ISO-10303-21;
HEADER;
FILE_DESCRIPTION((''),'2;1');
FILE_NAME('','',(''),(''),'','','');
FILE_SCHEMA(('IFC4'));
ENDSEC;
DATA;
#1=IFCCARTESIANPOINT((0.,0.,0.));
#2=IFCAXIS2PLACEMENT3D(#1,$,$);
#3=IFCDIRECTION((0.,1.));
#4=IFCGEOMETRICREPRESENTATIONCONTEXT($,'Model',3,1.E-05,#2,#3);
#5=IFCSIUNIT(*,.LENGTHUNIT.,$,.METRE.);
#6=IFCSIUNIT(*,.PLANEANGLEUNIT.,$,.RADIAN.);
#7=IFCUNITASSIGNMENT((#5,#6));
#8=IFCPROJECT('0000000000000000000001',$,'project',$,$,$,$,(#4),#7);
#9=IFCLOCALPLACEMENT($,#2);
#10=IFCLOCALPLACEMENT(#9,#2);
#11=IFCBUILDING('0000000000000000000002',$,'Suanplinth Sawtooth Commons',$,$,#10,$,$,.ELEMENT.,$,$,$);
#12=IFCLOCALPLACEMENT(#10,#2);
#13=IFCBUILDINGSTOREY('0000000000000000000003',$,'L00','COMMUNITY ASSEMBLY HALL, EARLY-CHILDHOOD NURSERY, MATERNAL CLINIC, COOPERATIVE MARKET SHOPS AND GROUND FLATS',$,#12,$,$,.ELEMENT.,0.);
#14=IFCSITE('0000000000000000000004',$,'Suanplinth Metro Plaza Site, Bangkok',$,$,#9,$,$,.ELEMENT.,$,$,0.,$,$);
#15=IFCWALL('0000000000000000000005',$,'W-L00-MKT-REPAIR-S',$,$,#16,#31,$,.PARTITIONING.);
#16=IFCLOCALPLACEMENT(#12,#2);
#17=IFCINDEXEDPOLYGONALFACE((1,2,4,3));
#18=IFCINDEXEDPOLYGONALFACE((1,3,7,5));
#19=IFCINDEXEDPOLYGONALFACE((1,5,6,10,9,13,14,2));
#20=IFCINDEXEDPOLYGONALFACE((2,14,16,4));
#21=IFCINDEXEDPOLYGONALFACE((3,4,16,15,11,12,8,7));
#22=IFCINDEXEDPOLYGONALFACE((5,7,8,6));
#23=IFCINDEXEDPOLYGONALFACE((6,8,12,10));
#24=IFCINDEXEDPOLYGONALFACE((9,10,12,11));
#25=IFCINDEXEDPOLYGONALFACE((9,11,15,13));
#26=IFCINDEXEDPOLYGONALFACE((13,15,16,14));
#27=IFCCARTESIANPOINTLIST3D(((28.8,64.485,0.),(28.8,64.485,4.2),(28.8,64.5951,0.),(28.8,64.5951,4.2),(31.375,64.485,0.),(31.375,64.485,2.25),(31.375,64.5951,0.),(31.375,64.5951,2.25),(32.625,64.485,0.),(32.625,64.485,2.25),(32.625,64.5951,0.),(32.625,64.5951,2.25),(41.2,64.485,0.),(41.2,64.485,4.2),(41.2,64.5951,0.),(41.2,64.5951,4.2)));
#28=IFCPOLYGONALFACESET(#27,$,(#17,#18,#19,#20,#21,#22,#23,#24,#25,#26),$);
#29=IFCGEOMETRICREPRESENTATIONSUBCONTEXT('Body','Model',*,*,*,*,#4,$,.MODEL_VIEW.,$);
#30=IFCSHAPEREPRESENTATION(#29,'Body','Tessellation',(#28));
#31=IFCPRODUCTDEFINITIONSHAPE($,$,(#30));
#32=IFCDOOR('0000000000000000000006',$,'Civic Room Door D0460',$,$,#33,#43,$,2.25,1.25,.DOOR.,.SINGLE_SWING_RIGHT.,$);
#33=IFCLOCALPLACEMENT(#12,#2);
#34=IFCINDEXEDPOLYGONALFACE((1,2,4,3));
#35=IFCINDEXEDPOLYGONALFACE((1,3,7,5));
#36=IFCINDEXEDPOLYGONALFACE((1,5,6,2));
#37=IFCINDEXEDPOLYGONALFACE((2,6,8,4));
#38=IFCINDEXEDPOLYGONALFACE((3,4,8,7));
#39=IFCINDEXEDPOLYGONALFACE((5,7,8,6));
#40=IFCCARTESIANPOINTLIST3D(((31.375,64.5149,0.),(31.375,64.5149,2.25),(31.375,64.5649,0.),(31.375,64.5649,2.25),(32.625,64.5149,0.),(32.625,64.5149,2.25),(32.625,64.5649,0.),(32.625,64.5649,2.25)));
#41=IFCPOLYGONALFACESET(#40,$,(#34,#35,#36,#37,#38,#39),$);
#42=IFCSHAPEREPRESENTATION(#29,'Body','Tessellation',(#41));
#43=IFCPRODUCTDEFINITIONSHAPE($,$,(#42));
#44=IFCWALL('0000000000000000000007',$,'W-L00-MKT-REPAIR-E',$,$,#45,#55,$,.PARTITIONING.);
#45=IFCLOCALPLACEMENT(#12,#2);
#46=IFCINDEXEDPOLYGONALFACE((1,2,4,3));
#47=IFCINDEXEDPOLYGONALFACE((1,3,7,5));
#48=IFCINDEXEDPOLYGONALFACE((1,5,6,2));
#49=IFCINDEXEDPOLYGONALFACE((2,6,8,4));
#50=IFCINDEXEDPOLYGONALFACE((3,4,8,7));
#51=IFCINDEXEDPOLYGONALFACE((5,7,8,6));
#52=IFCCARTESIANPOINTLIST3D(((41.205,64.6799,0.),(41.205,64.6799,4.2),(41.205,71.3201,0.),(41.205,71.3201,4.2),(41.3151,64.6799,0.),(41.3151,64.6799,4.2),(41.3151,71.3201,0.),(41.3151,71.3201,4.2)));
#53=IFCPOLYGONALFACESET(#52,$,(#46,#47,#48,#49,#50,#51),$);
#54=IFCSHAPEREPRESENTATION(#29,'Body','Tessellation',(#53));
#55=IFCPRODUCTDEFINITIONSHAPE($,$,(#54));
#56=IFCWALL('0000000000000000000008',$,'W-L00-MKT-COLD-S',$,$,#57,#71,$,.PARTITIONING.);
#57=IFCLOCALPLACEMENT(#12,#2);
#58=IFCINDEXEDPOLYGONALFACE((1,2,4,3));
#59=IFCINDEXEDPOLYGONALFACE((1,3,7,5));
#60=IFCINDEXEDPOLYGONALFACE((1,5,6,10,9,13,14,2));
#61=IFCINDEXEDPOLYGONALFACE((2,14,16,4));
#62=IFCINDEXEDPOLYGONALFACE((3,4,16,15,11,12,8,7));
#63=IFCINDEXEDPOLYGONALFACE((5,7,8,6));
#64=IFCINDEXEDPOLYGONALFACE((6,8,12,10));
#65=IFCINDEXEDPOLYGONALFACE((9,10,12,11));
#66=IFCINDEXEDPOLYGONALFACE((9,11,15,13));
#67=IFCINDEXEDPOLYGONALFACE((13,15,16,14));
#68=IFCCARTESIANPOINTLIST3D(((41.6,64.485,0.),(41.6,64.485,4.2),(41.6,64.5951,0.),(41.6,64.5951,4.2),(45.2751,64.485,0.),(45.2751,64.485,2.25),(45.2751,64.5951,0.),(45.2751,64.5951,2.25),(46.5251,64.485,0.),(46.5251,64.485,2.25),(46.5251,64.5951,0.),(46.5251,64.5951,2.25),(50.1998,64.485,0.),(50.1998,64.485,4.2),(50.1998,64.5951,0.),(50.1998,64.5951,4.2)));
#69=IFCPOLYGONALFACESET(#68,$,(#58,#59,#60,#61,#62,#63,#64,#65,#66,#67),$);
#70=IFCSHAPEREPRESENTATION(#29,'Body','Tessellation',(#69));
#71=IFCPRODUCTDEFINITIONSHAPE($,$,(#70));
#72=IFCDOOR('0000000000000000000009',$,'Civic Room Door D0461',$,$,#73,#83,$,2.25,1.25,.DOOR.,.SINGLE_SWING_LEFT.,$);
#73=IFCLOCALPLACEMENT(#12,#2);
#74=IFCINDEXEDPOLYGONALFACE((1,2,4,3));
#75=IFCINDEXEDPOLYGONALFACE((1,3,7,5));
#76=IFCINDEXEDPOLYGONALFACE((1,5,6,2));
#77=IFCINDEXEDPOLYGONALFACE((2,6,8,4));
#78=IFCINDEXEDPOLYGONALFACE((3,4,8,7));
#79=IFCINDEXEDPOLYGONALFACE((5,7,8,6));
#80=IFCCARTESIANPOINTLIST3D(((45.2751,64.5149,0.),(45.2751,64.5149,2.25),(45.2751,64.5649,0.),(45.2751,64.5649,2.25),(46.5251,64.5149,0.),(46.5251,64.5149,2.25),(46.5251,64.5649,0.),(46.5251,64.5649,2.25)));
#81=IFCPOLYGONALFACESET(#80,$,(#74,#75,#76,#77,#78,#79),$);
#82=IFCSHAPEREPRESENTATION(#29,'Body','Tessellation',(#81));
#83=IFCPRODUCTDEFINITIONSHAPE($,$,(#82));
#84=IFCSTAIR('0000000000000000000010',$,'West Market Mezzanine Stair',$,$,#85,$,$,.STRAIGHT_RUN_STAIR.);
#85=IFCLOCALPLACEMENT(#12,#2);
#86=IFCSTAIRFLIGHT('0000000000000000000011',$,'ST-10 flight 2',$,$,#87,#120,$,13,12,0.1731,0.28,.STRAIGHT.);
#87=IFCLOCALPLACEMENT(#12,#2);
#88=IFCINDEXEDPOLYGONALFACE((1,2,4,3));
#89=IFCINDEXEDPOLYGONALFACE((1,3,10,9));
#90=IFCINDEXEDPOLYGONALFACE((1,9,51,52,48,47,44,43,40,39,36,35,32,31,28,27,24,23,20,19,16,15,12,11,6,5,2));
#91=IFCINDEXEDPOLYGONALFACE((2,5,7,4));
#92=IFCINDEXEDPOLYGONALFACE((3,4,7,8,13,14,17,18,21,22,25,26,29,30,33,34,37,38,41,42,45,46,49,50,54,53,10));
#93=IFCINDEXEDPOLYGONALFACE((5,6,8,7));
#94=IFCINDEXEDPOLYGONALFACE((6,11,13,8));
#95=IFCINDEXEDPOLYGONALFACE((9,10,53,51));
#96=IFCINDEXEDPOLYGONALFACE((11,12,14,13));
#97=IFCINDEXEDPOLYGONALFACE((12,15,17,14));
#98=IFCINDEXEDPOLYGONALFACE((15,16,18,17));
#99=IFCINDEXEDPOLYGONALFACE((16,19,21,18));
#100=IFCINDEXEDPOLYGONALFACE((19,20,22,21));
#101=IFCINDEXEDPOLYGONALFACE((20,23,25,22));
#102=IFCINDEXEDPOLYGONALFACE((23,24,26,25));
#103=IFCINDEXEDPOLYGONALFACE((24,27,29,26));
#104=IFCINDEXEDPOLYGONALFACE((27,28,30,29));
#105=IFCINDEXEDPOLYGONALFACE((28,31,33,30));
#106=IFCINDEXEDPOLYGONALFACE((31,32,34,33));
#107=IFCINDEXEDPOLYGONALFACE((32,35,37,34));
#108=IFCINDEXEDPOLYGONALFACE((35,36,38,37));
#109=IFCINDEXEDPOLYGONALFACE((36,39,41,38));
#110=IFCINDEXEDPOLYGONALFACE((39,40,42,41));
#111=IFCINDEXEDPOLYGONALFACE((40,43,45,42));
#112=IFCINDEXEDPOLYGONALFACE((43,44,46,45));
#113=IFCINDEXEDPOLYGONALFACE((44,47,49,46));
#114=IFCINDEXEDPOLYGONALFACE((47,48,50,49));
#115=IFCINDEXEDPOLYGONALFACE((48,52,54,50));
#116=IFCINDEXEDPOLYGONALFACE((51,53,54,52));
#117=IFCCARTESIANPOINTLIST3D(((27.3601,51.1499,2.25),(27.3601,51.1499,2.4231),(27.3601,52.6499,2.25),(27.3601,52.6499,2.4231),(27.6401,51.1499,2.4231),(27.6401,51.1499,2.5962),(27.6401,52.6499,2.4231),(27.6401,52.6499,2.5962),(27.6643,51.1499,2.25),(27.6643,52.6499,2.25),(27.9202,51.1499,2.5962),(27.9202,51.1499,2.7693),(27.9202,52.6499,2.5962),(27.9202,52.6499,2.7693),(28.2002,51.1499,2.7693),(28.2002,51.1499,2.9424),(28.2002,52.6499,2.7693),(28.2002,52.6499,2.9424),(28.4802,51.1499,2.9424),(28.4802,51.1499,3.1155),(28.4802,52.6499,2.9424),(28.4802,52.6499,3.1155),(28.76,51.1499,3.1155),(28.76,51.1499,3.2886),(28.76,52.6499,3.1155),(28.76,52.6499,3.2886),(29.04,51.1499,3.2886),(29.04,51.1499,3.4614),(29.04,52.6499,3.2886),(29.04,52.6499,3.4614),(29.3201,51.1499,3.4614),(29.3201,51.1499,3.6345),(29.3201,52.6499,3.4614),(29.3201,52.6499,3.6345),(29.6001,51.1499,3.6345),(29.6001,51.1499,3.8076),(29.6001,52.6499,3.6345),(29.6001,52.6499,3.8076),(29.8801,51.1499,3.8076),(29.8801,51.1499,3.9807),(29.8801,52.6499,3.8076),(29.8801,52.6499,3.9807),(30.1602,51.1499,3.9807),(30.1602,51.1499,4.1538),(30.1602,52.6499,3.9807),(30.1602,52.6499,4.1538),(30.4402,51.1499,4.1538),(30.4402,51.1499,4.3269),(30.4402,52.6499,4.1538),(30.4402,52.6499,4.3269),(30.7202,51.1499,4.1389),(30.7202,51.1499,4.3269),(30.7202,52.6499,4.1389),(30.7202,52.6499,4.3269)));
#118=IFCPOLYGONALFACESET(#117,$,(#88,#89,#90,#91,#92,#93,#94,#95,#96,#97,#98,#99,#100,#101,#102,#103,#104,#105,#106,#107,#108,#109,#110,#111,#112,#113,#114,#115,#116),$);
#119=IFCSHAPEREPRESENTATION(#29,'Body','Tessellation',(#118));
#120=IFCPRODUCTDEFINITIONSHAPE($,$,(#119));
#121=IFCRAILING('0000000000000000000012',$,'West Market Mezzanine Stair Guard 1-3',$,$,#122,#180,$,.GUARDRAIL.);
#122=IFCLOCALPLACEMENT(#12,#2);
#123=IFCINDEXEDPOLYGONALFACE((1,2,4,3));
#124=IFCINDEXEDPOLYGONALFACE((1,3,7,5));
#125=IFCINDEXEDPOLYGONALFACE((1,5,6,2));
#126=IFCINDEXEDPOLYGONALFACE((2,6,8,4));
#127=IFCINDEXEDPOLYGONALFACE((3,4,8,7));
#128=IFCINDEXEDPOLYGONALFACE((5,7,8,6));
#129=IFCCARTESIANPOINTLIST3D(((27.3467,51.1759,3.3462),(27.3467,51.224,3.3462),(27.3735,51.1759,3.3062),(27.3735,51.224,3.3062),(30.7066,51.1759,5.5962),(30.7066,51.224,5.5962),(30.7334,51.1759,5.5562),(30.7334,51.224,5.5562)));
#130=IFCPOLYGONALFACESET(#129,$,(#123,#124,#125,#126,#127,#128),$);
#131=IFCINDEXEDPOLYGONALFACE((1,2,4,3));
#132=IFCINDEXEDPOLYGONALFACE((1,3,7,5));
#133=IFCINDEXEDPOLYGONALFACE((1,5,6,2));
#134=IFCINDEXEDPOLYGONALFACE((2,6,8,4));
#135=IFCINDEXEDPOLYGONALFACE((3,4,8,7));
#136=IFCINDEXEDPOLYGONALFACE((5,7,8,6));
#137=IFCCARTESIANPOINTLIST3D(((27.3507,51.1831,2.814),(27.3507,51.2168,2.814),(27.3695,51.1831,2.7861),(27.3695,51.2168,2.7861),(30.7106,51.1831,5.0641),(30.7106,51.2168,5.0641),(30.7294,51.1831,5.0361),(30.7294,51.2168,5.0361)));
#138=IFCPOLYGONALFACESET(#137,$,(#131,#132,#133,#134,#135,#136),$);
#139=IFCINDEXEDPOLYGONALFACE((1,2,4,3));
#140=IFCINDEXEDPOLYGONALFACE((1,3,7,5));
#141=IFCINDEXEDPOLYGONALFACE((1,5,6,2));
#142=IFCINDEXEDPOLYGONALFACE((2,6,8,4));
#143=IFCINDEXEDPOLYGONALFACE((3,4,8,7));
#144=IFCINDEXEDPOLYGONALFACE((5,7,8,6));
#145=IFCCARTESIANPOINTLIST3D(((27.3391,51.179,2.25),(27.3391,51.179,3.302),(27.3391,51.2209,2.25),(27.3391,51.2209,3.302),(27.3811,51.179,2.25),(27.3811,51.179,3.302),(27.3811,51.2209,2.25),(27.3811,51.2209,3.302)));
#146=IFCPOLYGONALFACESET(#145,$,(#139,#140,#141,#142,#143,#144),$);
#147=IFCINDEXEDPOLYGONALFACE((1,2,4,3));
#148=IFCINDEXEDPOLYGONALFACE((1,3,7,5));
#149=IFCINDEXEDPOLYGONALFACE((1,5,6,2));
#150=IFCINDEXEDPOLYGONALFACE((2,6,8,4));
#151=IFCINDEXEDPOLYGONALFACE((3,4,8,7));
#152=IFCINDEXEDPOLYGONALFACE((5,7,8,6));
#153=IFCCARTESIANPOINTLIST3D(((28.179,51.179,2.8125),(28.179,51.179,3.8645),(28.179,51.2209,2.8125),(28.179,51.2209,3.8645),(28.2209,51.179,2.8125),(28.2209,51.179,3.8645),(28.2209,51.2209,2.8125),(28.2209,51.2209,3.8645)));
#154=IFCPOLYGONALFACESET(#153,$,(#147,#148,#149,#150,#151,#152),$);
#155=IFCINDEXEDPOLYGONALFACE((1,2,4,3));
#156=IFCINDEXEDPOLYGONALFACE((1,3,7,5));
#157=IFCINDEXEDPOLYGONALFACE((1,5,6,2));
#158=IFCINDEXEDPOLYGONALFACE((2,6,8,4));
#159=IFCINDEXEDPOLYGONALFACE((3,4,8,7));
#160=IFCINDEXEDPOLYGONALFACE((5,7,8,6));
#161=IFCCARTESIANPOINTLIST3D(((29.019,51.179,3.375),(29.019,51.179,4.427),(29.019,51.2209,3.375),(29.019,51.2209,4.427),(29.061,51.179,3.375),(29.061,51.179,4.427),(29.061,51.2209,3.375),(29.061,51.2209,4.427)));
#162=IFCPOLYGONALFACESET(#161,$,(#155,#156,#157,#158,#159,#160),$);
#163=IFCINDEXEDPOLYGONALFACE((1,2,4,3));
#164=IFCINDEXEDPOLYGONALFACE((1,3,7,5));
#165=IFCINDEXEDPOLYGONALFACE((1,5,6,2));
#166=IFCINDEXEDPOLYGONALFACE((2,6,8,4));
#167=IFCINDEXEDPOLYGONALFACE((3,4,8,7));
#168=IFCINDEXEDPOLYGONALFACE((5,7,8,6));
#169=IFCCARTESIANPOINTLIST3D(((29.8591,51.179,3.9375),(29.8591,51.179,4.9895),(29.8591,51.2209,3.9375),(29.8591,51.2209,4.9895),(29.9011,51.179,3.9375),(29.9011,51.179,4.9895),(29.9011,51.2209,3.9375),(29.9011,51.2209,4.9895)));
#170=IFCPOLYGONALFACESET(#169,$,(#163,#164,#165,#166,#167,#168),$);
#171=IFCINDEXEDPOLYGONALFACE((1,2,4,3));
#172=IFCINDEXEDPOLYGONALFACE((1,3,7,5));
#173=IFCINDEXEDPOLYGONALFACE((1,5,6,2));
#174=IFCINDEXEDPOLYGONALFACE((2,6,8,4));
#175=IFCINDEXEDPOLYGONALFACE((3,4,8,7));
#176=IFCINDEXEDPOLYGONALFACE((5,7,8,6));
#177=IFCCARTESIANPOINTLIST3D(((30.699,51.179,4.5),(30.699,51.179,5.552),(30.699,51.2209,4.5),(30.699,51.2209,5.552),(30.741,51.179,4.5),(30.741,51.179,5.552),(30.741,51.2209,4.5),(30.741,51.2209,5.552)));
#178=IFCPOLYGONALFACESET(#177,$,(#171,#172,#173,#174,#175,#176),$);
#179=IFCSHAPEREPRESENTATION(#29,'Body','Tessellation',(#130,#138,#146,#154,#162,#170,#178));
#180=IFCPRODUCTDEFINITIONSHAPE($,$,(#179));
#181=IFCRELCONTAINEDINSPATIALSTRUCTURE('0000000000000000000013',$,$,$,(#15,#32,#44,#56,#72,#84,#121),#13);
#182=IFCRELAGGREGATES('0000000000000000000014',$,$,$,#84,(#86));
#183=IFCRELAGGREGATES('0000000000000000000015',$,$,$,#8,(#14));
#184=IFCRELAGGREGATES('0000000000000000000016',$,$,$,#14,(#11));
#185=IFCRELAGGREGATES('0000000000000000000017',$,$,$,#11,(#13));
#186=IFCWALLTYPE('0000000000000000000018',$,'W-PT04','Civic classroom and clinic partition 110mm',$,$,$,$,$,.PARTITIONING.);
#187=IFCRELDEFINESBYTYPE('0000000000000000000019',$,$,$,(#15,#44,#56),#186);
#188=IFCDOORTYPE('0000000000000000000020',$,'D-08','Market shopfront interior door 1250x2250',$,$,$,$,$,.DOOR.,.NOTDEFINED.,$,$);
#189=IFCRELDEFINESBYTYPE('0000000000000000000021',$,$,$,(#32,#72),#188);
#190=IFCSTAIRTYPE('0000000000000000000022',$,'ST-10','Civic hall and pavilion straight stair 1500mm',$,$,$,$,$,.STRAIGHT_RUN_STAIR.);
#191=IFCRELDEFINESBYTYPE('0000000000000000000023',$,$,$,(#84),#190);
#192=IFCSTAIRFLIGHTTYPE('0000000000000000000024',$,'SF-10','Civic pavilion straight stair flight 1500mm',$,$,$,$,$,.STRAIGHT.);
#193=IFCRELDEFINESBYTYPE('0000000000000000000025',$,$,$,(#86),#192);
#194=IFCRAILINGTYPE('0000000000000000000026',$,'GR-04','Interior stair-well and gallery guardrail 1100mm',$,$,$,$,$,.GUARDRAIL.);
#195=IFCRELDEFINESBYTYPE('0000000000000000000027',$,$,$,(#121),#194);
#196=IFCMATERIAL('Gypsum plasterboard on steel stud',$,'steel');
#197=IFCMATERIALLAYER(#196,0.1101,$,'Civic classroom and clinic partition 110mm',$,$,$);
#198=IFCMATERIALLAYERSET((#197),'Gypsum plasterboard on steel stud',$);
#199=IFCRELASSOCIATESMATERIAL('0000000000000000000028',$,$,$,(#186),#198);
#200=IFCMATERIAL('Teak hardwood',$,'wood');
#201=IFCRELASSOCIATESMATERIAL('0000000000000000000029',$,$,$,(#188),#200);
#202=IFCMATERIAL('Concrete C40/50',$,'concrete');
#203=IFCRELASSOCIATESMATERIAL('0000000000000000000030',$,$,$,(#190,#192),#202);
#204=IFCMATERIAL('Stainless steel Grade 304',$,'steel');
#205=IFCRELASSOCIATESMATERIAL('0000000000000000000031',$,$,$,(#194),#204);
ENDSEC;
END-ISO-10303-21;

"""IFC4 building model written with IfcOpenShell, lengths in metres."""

from ifc_helpers import new_model, si_unit, direction, frame, frame_2d, origin, origin_2d, place, context, subcontext, project, spatial, polyline, rectangle, outline, extrude, material, layer, layer_set, type_object, element, fill, aggregate, save


model = new_model("IFC4")

# Units and contexts
model_context = context("Model", 3, precision=1e-05, world=origin(), true_north=direction((0.0, 1.0)))
body_context = subcontext(model_context, "Body", "Model", "MODEL_VIEW")
ifc_project = project(units=[si_unit("LENGTHUNIT", "METRE"), si_unit("PLANEANGLEUNIT", "RADIAN")], contexts=[model_context])

# Site, building, storey
site_placement = place(None, origin())
site = spatial("IfcSite", under=ifc_project, at=site_placement, Name="Suanplinth Metro Plaza Site, Bangkok", CompositionType="ELEMENT", RefElevation=0.0)
building_placement = place(site_placement, origin())
building = spatial("IfcBuilding", under=site, at=building_placement, Name="Suanplinth Sawtooth Commons", CompositionType="ELEMENT")
storey_placement = place(building_placement, origin())
storey = spatial("IfcBuildingStorey", under=building, at=storey_placement, Name="L00", Description="COMMUNITY ASSEMBLY HALL, EARLY-CHILDHOOD NURSERY, MATERNAL CLINIC, COOPERATIVE MARKET SHOPS AND GROUND FLATS", CompositionType="ELEMENT", Elevation=0.0)

# Shared definitions
ifc_material_1 = material(Name="Gypsum plasterboard on steel stud", Category="steel")
ifc_layer = layer(ifc_material_1, 0.1101, Name="Civic classroom and clinic partition 110mm")
ifc_layer_set = layer_set([ifc_layer], Name="Gypsum plasterboard on steel stud")
wall_type = type_object("IfcWallType", Name="W-PT04", Description="Civic classroom and clinic partition 110mm", PredefinedType="PARTITIONING", material=ifc_layer_set)

# Wall, opening, door
wall_1_placement = place(storey_placement, frame((28.8, 64.54, 0.0), z_axis=(0.0, 0.0, 1.0), x_axis=(1.0, 0.0, 0.0)))
wall_1 = element("IfcWall", 1, at=wall_1_placement, inside=storey, type_object=wall_type, Name="W-L00-MKT-REPAIR-S", PredefinedType="PARTITIONING", context=body_context, shape_type="SweptSolid", body=[
    extrude(rectangle(XDim=12.3999, YDim=0.1101, at=frame_2d((6.2, 0.0))), origin(), (0.0, 0.0, 1.0), 4.2),
])
opening_1_placement = place(wall_1_placement, frame((2.575, 0.0, 0.0)))
opening_1 = element("IfcOpeningElement", 2, at=opening_1_placement, cuts=wall_1, PredefinedType="OPENING", context=body_context, shape_type="SweptSolid", body=[
    extrude(rectangle(XDim=1.25, YDim=2.25, at=frame_2d((0.625, 1.125))), frame((0.0, 0.0698, 0.0), z_axis=(0.0, -1.0, 0.0), x_axis=(1.0, 0.0, 0.0)), (0.0, 0.0, 1.0), 0.1399),
])
ifc_material_2 = material(Name="Teak hardwood", Category="wood")
door_type = type_object("IfcDoorType", Name="D-08", Description="Market shopfront interior door 1250x2250", OperationType="NOTDEFINED", PredefinedType="DOOR", material=ifc_material_2)
door_1_placement = place(opening_1_placement, origin())
door_1 = element("IfcDoor", 3, at=door_1_placement, inside=storey, type_object=door_type, Name="Civic Room Door D0460", OperationType="SINGLE_SWING_RIGHT", OverallHeight=2.25, OverallWidth=1.25, PredefinedType="DOOR", context=body_context, shape_type="SweptSolid", body=[
    extrude(rectangle(XDim=1.25, YDim=2.25, at=frame_2d((0.625, 1.125))), frame((0.0, 0.0249, 0.0), z_axis=(0.0, -1.0, 0.0), x_axis=(1.0, 0.0, 0.0)), (0.0, 0.0, 1.0), 0.05),
])
fill(opening_1, door_1)

# Wall
wall_2_placement = place(storey_placement, frame((41.26, 64.6799, 0.0), z_axis=(0.0, 0.0, 1.0), x_axis=(0.0, 1.0, 0.0)))
element("IfcWall", 4, at=wall_2_placement, inside=storey, type_object=wall_type, Name="W-L00-MKT-REPAIR-E", PredefinedType="PARTITIONING", context=body_context, shape_type="SweptSolid", body=[
    extrude(rectangle(XDim=6.6401, YDim=0.1101, at=frame_2d((3.3201, 0.0))), origin(), (0.0, 0.0, 1.0), 4.2),
])

# Wall, opening, door
wall_3_placement = place(storey_placement, frame((41.6001, 64.54, 0.0), z_axis=(0.0, 0.0, 1.0), x_axis=(1.0, 0.0, 0.0)))
wall_3 = element("IfcWall", 5, at=wall_3_placement, inside=storey, type_object=wall_type, Name="W-L00-MKT-COLD-S", PredefinedType="PARTITIONING", context=body_context, shape_type="SweptSolid", body=[
    extrude(rectangle(XDim=8.5999, YDim=0.1101, at=frame_2d((4.2998, 0.0))), origin(), (0.0, 0.0, 1.0), 4.2),
])
opening_2_placement = place(wall_3_placement, frame((3.675, 0.0, 0.0)))
opening_2 = element("IfcOpeningElement", 6, at=opening_2_placement, cuts=wall_3, PredefinedType="OPENING", context=body_context, shape_type="SweptSolid", body=[
    extrude(rectangle(XDim=1.25, YDim=2.25, at=frame_2d((0.625, 1.125))), frame((0.0, 0.0698, 0.0), z_axis=(0.0, -1.0, 0.0), x_axis=(1.0, 0.0, 0.0)), (0.0, 0.0, 1.0), 0.1399),
])
door_2_placement = place(opening_2_placement, origin())
door_2 = element("IfcDoor", 7, at=door_2_placement, inside=storey, type_object=door_type, Name="Civic Room Door D0461", OperationType="SINGLE_SWING_LEFT", OverallHeight=2.25, OverallWidth=1.25, PredefinedType="DOOR", context=body_context, shape_type="SweptSolid", body=[
    extrude(rectangle(XDim=1.25, YDim=2.25, at=frame_2d((0.625, 1.125))), frame((0.0, 0.0249, 0.0), z_axis=(0.0, -1.0, 0.0), x_axis=(1.0, 0.0, 0.0)), (0.0, 0.0, 1.0), 0.05),
])
fill(opening_2, door_2)

# Stair, stair flight
ifc_material_3 = material(Name="Concrete C40/50", Category="concrete")
stair_type = type_object("IfcStairType", Name="ST-10", Description="Civic hall and pavilion straight stair 1500mm", PredefinedType="STRAIGHT_RUN_STAIR", material=ifc_material_3)
stair_placement = place(storey_placement, origin())
stair = element("IfcStair", 8, at=stair_placement, inside=storey, type_object=stair_type, Name="West Market Mezzanine Stair", PredefinedType="STRAIGHT_RUN_STAIR")
stair_flight_type = type_object("IfcStairFlightType", Name="SF-10", Description="Civic pavilion straight stair flight 1500mm", PredefinedType="STRAIGHT", material=ifc_material_3)
stair_flight_placement = place(storey_placement, frame((27.3601, 51.8999, 2.25), z_axis=(0.0, 0.0, 1.0), x_axis=(1.0, 0.0, 0.0)))
stair_flight = element("IfcStairFlight", 9, at=stair_flight_placement, type_object=stair_flight_type, Name="ST-10 flight 2", NumberOfRisers=13, NumberOfTreads=12, PredefinedType="STRAIGHT", RiserHeight=0.1731, TreadLength=0.28, context=body_context, shape_type="SweptSolid", body=[
    extrude(outline(polyline([(0.0, 0.0), (0.0, 0.1731), (0.28, 0.1731), (0.28, 0.3462), (0.5601, 0.3462), (0.5601, 0.5193), (0.8401, 0.5193), (0.8401, 0.6924), (1.1201, 0.6924), (1.1201, 0.8655), (1.3999, 0.8655), (1.3999, 1.0386), (1.6799, 1.0386), (1.6799, 1.2114), (1.96, 1.2114), (1.96, 1.3845), (2.24, 1.3845), (2.24, 1.5576), (2.52, 1.5576), (2.52, 1.7307), (2.8, 1.7307), (2.8, 1.9038), (3.0801, 1.9038), (3.0801, 2.0769), (3.3601, 2.0769), (3.3601, 2.25), (3.3601, 1.8889), (0.3042, 0.0), (0.0, 0.0)])), frame((0.0, 0.75, 0.0), z_axis=(0.0, -1.0, 0.0), x_axis=(1.0, 0.0, 0.0)), (0.0, 0.0, 1.0), 1.5),
])
aggregate(stair, [stair_flight])

# Railing
ifc_material_4 = material(Name="Stainless steel Grade 304", Category="steel")
railing_type_1 = type_object("IfcRailingType", Name="GR-04", Description="Interior stair-well and gallery guardrail 1100mm", PredefinedType="GUARDRAIL", material=ifc_material_4)
railing_1_placement = place(storey_placement, frame((27.3601, 51.2, 2.25)))
element("IfcRailing", 10, at=railing_1_placement, inside=storey, type_object=railing_type_1, Name="West Market Mezzanine Stair Guard 1-3", PredefinedType="GUARDRAIL", context=body_context, shape_type="SweptSolid", body=[
    extrude(rectangle(XDim=0.0481, YDim=0.0481, at=origin_2d()), frame((0.0, 0.0, 1.0762), z_axis=(0.830897, 0.0, 0.556427), x_axis=(0.0, 1.0, 0.0)), (0.0, 0.0, 1.0), 4.0437),
    extrude(rectangle(XDim=0.0337, YDim=0.0337, at=origin_2d()), frame((0.0, 0.0, 0.55), z_axis=(0.830897, 0.0, 0.556427), x_axis=(0.0, 1.0, 0.0)), (0.0, 0.0, 1.0), 4.0437),
    extrude(rectangle(XDim=0.042, YDim=0.042, at=origin_2d()), origin(), (0.0, 0.0, 1.0), 1.052),
    extrude(rectangle(XDim=0.042, YDim=0.042, at=origin_2d()), frame((0.8398, 0.0, 0.5625)), (0.0, 0.0, 1.0), 1.052),
    extrude(rectangle(XDim=0.042, YDim=0.042, at=origin_2d()), frame((1.6799, 0.0, 1.125)), (0.0, 0.0, 1.0), 1.052),
    extrude(rectangle(XDim=0.042, YDim=0.042, at=origin_2d()), frame((2.52, 0.0, 1.6875)), (0.0, 0.0, 1.0), 1.052),
    extrude(rectangle(XDim=0.042, YDim=0.042, at=origin_2d()), frame((3.3599, 0.0, 2.25)), (0.0, 0.0, 1.0), 1.052),
])

save(model, "model.ifc")
